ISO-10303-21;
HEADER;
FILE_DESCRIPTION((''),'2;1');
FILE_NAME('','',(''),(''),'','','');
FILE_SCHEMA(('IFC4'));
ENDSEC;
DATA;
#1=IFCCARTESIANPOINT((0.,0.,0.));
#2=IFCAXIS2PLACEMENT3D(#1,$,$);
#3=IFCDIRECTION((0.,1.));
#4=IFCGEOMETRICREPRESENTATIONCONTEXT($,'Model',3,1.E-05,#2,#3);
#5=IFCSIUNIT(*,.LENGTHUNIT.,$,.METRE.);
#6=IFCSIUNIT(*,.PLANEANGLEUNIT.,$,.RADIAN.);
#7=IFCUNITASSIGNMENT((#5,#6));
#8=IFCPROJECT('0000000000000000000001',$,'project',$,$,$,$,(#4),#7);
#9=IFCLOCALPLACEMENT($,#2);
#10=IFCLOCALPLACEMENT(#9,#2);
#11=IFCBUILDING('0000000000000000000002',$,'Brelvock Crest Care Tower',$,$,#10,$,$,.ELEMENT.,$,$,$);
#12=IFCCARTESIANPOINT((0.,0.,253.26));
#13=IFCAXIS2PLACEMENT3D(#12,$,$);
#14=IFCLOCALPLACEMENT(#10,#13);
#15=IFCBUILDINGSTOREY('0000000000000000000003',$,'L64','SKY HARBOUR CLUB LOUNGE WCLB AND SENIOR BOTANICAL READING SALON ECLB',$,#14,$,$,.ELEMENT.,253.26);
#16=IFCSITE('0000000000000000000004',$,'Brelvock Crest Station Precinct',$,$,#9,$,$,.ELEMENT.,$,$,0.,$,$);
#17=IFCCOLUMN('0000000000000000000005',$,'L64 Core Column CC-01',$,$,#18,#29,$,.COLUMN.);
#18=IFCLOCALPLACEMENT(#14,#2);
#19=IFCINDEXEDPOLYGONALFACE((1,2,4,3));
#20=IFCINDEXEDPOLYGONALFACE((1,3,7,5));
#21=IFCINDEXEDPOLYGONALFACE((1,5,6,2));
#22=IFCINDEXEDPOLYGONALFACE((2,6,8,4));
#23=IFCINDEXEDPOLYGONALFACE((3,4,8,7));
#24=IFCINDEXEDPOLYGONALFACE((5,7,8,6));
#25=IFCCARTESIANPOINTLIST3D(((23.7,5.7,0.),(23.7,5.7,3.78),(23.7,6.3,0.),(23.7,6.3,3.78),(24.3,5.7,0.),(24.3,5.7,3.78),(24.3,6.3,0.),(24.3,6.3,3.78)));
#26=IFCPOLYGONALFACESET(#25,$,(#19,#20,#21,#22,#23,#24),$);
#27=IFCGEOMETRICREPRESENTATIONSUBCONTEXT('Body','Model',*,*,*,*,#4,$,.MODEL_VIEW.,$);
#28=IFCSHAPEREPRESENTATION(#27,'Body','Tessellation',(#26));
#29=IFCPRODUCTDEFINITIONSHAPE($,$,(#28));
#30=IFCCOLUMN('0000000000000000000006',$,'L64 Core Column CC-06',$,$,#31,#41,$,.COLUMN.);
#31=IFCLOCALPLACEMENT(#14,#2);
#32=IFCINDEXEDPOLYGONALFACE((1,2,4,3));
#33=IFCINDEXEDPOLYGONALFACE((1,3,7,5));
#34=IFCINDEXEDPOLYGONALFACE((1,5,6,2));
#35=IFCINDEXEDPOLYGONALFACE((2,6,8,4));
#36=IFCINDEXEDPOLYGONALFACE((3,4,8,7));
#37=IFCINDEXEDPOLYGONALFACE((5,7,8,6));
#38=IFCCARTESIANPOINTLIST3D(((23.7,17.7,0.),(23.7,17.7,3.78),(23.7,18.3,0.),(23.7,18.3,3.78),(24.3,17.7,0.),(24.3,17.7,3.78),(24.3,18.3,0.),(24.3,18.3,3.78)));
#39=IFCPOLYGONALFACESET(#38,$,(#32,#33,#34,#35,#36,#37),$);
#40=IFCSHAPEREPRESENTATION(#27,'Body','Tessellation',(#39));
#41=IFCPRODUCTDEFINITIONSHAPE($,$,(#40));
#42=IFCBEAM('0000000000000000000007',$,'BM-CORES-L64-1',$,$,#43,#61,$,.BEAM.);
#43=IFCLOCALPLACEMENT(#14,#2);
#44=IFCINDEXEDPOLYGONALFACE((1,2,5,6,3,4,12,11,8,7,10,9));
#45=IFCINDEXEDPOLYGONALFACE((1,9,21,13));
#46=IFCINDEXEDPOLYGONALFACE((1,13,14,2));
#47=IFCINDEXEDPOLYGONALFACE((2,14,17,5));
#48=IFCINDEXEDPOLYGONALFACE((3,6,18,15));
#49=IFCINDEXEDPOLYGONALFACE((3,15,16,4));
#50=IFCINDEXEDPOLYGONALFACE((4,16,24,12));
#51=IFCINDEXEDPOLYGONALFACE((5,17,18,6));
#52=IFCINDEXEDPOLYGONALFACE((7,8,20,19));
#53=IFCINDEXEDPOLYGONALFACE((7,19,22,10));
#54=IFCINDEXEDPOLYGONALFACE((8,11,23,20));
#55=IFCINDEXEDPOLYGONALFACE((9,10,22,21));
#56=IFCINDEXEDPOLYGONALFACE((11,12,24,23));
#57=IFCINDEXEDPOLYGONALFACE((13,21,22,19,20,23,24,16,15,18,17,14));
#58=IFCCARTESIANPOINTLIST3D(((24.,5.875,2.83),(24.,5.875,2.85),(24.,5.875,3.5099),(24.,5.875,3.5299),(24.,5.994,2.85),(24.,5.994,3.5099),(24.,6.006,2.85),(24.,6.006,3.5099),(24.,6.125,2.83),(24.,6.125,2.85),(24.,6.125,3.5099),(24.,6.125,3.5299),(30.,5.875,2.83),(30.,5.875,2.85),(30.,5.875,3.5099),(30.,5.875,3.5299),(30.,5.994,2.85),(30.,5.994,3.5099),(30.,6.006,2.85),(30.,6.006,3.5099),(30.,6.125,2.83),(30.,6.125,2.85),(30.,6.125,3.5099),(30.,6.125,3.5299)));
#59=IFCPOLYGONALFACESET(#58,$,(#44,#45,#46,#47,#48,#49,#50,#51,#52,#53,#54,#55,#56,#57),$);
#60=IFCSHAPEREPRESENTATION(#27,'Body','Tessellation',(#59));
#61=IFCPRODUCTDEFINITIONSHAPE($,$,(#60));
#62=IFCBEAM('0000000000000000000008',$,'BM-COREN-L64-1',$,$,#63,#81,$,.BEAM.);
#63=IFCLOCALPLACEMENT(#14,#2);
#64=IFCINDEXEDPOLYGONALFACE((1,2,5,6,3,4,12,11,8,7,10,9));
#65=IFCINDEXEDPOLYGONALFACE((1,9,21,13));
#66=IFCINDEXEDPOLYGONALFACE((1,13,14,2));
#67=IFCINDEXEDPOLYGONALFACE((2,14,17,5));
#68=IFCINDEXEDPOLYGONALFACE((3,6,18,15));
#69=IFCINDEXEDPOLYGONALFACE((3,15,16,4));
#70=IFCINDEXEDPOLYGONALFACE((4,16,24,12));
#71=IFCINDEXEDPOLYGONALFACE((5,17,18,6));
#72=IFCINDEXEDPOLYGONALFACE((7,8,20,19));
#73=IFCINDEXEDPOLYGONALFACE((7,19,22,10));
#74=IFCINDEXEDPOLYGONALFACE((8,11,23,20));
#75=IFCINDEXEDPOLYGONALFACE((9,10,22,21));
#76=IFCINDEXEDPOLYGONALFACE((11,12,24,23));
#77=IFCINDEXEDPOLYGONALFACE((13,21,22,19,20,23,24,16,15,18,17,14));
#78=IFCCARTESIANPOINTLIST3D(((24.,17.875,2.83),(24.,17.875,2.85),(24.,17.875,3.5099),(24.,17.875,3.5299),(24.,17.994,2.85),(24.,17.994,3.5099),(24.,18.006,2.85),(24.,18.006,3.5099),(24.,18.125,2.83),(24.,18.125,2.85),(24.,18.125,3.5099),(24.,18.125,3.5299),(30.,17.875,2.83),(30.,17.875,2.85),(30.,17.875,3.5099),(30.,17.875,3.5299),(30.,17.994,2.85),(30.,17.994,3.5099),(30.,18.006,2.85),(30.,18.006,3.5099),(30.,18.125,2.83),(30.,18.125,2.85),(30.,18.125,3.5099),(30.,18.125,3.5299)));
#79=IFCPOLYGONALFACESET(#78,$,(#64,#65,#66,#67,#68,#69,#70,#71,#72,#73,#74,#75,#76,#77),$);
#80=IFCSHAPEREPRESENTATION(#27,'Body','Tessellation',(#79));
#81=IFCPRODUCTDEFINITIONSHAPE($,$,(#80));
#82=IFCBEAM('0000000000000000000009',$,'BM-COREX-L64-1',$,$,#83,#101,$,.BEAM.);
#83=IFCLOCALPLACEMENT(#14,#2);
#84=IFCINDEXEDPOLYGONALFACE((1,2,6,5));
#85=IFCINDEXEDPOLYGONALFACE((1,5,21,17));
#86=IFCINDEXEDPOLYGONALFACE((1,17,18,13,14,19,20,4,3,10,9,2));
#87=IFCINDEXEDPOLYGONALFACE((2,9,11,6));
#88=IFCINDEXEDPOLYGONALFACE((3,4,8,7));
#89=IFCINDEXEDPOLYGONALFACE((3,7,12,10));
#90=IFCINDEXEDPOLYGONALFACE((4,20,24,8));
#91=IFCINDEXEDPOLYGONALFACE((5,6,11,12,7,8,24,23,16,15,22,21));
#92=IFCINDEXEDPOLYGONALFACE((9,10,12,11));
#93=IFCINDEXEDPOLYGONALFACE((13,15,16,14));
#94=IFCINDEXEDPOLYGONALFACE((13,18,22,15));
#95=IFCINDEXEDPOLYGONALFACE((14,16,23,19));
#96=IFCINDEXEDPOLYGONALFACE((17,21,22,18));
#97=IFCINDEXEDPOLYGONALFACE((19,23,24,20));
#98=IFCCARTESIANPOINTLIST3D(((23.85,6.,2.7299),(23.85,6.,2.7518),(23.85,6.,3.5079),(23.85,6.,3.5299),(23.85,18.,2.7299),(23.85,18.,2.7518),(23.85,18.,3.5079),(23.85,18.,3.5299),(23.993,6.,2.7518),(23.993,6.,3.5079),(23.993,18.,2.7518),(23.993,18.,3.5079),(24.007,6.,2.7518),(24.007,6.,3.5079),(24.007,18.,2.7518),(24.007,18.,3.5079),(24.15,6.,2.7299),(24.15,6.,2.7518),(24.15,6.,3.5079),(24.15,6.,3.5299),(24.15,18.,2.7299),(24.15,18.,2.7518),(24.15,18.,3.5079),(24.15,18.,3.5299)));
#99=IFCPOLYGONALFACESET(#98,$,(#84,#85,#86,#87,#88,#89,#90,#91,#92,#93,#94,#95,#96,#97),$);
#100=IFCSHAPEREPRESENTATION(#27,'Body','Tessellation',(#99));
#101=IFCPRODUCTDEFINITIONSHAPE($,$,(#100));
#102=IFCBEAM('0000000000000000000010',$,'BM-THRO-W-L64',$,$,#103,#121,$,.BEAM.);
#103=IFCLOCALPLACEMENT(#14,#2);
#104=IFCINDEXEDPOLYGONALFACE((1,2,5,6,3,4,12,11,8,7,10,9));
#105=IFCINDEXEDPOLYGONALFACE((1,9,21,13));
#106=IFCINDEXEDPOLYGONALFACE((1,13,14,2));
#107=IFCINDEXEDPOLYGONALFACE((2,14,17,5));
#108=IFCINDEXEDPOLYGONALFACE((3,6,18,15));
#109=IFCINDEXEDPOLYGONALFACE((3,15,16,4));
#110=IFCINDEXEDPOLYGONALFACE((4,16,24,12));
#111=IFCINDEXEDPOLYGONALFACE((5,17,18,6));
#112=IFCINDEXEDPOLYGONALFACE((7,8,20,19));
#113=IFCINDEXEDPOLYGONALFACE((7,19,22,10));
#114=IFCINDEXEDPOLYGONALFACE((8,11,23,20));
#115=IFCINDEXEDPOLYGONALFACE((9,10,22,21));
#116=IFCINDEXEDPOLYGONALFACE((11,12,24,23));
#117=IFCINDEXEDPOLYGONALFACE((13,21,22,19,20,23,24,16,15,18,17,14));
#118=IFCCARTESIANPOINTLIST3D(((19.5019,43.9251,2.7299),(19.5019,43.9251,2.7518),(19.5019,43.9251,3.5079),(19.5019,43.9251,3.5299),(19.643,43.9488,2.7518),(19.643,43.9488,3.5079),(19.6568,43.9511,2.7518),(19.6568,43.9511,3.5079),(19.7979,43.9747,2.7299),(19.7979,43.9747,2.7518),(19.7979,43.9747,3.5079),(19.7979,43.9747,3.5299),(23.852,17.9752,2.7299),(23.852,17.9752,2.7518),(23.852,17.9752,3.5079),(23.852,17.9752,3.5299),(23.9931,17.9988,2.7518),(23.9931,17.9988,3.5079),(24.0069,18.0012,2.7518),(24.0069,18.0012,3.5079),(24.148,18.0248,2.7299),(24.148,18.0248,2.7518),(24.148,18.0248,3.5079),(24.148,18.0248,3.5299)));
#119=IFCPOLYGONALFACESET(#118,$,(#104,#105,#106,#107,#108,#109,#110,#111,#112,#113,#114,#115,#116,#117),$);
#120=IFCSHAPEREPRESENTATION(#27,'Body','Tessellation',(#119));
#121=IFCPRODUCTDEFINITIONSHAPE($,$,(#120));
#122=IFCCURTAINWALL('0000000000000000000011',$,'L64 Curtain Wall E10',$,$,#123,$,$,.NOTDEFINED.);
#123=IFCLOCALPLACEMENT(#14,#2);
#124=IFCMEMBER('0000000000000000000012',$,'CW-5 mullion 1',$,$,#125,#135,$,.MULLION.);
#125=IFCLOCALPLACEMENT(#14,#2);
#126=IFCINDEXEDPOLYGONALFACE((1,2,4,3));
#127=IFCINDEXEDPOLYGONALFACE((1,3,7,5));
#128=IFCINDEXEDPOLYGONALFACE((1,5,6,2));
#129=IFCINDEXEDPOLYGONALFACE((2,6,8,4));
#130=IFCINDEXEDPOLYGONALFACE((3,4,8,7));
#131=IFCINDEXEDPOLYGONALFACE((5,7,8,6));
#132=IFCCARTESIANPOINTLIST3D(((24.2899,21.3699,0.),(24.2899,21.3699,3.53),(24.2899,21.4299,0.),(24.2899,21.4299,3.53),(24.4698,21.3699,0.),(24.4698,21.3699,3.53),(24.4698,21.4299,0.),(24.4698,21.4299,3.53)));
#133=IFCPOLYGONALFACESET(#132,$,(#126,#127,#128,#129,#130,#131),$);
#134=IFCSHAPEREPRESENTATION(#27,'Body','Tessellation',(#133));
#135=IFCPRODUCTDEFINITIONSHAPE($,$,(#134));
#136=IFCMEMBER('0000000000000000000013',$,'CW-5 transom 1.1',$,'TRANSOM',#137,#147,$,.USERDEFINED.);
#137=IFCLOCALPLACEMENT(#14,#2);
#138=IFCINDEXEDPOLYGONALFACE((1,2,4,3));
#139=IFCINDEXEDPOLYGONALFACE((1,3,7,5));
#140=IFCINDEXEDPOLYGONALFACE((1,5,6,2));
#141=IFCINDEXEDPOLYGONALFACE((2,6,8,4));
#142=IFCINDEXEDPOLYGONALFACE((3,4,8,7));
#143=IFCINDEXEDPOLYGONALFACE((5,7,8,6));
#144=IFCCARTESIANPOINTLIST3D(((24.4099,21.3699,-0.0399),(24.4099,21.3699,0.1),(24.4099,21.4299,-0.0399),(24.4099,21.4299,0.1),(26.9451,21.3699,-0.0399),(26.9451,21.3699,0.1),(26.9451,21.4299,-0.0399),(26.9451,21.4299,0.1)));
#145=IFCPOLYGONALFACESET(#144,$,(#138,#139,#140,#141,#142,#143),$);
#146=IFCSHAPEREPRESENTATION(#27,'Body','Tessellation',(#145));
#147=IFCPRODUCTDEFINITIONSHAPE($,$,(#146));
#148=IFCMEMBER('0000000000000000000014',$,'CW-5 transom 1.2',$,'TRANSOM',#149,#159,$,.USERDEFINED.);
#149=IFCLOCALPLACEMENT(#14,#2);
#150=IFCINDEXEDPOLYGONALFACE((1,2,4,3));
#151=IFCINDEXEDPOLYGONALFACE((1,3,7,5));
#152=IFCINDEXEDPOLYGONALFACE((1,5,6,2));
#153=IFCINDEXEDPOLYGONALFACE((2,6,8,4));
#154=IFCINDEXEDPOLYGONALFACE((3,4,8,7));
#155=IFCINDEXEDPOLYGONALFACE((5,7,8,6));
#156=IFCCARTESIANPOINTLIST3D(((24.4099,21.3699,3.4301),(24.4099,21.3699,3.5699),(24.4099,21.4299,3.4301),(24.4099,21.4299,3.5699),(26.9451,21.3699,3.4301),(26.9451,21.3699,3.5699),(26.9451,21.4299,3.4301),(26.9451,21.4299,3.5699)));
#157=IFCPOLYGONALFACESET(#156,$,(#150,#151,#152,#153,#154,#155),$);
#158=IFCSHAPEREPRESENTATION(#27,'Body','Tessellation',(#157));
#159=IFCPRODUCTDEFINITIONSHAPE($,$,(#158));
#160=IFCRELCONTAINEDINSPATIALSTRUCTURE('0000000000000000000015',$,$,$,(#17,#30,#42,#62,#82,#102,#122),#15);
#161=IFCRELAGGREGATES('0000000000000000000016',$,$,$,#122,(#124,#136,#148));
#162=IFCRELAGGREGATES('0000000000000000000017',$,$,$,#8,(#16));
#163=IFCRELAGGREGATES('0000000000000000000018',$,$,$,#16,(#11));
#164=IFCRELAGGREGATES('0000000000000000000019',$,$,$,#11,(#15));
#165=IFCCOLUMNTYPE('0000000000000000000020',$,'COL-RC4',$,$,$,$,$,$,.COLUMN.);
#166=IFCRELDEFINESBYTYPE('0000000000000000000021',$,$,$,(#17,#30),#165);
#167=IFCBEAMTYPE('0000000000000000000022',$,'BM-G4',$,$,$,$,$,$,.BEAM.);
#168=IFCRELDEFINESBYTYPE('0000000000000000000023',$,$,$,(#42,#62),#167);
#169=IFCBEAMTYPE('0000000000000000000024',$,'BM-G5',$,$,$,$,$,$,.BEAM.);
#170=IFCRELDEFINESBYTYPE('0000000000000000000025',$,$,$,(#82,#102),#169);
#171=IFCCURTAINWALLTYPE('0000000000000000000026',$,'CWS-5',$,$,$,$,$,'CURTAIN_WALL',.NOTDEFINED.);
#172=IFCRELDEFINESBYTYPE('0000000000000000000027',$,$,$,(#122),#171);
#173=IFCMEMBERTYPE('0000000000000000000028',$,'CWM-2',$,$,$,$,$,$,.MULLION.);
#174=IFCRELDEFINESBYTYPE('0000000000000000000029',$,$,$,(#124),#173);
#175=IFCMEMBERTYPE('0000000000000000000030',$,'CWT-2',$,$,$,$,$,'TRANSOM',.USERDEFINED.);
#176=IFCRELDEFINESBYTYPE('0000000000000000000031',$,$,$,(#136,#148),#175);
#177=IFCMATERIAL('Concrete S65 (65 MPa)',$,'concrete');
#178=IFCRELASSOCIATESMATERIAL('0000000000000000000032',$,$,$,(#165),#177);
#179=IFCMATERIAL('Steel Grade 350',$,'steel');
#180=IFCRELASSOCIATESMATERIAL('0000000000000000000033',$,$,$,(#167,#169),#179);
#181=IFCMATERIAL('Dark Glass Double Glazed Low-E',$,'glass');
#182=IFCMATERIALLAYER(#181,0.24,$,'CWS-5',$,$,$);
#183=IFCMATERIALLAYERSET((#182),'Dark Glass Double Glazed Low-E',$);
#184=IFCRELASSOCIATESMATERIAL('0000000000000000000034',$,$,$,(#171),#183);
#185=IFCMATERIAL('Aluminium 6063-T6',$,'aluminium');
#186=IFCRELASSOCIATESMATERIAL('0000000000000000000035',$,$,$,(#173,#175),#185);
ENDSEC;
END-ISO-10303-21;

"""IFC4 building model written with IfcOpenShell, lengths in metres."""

from ifc_helpers import new_model, si_unit, direction, frame, origin, origin_2d, place, context, subcontext, project, spatial, rectangle, i_section, extrude, source, transform, mapped, material, layer, layer_set, material_profile, profile_set, type_object, element, aggregate, save


model = new_model("IFC4")

# Units and contexts
model_context = context("Model", 3, precision=1e-05, world=origin(), true_north=direction((0.0, 1.0)))
body_context = subcontext(model_context, "Body", "Model", "MODEL_VIEW")
ifc_project = project(units=[si_unit("LENGTHUNIT", "METRE"), si_unit("PLANEANGLEUNIT", "RADIAN")], contexts=[model_context])

# Site, building, storey
site_placement = place(None, origin())
site = spatial("IfcSite", under=ifc_project, at=site_placement, Name="Brelvock Crest Station Precinct", CompositionType="ELEMENT", RefElevation=0.0)
building_placement = place(site_placement, origin())
building = spatial("IfcBuilding", under=site, at=building_placement, Name="Brelvock Crest Care Tower", CompositionType="ELEMENT")
storey_placement = place(building_placement, frame((0.0, 0.0, 253.26)))
storey = spatial("IfcBuildingStorey", under=building, at=storey_placement, Name="L64", Description="SKY HARBOUR CLUB LOUNGE WCLB AND SENIOR BOTANICAL READING SALON ECLB", CompositionType="ELEMENT", Elevation=253.26)

# Columns
ifc_material_1 = material(Name="Concrete S65 (65 MPa)", Category="concrete")
ifc_material_profile_1 = material_profile(ifc_material_1, rectangle(XDim=0.6001, YDim=0.6001, at=origin_2d()), Name="RC600x600")
ifc_profile_set_1 = profile_set([ifc_material_profile_1], Name="Concrete S65 (65 MPa)")
column_type = type_object("IfcColumnType", Name="COL-RC4", PredefinedType="COLUMN", material=ifc_profile_set_1)
shared_shape_1 = source(origin(), body_context, "Body", "SweptSolid", [
    extrude(rectangle(XDim=0.6001, YDim=0.6001, at=origin_2d()), origin(), (0.0, 0.0, 1.0), 3.78),
])
for number, where, z_axis, x_axis, name in (
    (1, (24.0, 6.0, 0.0), (0.0, 0.0, 1.0), (1.0, 0.0, 0.0), "L64 Core Column CC-01"),
    (2, (24.0, 18.0, 0.0), (0.0, 0.0, 1.0), (1.0, 0.0, 0.0), "L64 Core Column CC-06"),
):
    element("IfcColumn", number, at=place(storey_placement, frame(where, z_axis=z_axis, x_axis=x_axis)), inside=storey, type_object=column_type, Name=name, PredefinedType="COLUMN", context=body_context, shape_type="MappedRepresentation", body=[
        mapped(shared_shape_1, transform((0.0, 0.0, 0.0), x_axis=(1.0, 0.0, 0.0), y_axis=(0.0, 1.0, 0.0), z_axis=(0.0, 0.0, 1.0), scale=1.0)),
    ])

# Beams
ifc_material_2 = material(Name="Steel Grade 350", Category="steel")
ifc_material_profile_2 = material_profile(ifc_material_2, i_section(OverallWidth=0.25, OverallDepth=0.7, WebThickness=0.012, FlangeThickness=0.02, at=origin_2d()), Name="700WB150")
ifc_profile_set_2 = profile_set([ifc_material_profile_2], Name="Steel Grade 350")
beam_type_1 = type_object("IfcBeamType", Name="BM-G4", PredefinedType="BEAM", material=ifc_profile_set_2)
shared_shape_2 = source(origin(), body_context, "Body", "SweptSolid", [
    extrude(i_section(OverallWidth=0.25, OverallDepth=0.7, WebThickness=0.012, FlangeThickness=0.02, at=origin_2d()), origin(), (0.0, 0.0, 1.0), 6.0),
])
for number, where, z_axis, x_axis, name in (
    (3, (24.0, 6.0, 3.1799), (1.0, 0.0, 0.0), (0.0, 1.0, 0.0), "BM-CORES-L64-1"),
    (4, (24.0, 18.0, 3.1799), (1.0, 0.0, 0.0), (0.0, 1.0, 0.0), "BM-COREN-L64-1"),
):
    element("IfcBeam", number, at=place(storey_placement, frame(where, z_axis=z_axis, x_axis=x_axis)), inside=storey, type_object=beam_type_1, Name=name, PredefinedType="BEAM", context=body_context, shape_type="MappedRepresentation", body=[
        mapped(shared_shape_2, transform((0.0, 0.0, 0.0), x_axis=(1.0, 0.0, 0.0), y_axis=(0.0, 1.0, 0.0), z_axis=(0.0, 0.0, 1.0), scale=1.0)),
    ])
ifc_material_profile_3 = material_profile(ifc_material_2, i_section(OverallWidth=0.3, OverallDepth=0.8, WebThickness=0.0139, FlangeThickness=0.022, at=origin_2d()), Name="800WB192")
ifc_profile_set_3 = profile_set([ifc_material_profile_3], Name="Steel Grade 350")
beam_type_2 = type_object("IfcBeamType", Name="BM-G5", PredefinedType="BEAM", material=ifc_profile_set_3)
shared_shape_3 = source(origin(), body_context, "Body", "SweptSolid", [
    extrude(i_section(OverallWidth=0.3, OverallDepth=0.8, WebThickness=0.0139, FlangeThickness=0.022, at=origin_2d()), origin(), (0.0, 0.0, 1.0), 12.0),
])
beam_1_placement = place(storey_placement, frame((24.0, 6.0, 3.1299), z_axis=(0.0, 1.0, 0.0), x_axis=(-1.0, 0.0, 0.0)))
element("IfcBeam", 5, at=beam_1_placement, inside=storey, type_object=beam_type_2, Name="BM-COREX-L64-1", PredefinedType="BEAM", context=body_context, shape_type="MappedRepresentation", body=[
    mapped(shared_shape_3, transform((0.0, 0.0, 0.0), x_axis=(1.0, 0.0, 0.0), y_axis=(0.0, 1.0, 0.0), z_axis=(0.0, 0.0, 1.0), scale=1.0)),
])
shared_shape_4 = source(origin(), body_context, "Body", "SweptSolid", [
    extrude(i_section(OverallWidth=0.3, OverallDepth=0.8, WebThickness=0.0139, FlangeThickness=0.022, at=origin_2d()), origin(), (0.0, 0.0, 1.0), 26.312),
])
beam_2_placement = place(storey_placement, frame((24.0, 18.0, 3.1299), z_axis=(-0.165327, 0.986239, 0.0), x_axis=(-0.986239, -0.165327, 0.0)))
element("IfcBeam", 6, at=beam_2_placement, inside=storey, type_object=beam_type_2, Name="BM-THRO-W-L64", PredefinedType="BEAM", context=body_context, shape_type="MappedRepresentation", body=[
    mapped(shared_shape_4, transform((0.0, 0.0, 0.0), x_axis=(1.0, 0.0, 0.0), y_axis=(0.0, 1.0, 0.0), z_axis=(0.0, 0.0, 1.0), scale=1.0)),
])

# Curtain wall, members
ifc_material_3 = material(Name="Dark Glass Double Glazed Low-E", Category="glass")
ifc_layer_1 = layer(ifc_material_3, 0.24, Name="CWS-5")
ifc_layer_set_1 = layer_set([ifc_layer_1], Name="Dark Glass Double Glazed Low-E")
curtain_wall_type = type_object("IfcCurtainWallType", Name="CWS-5", ElementType="CURTAIN_WALL", PredefinedType="NOTDEFINED", material=ifc_layer_set_1)
curtain_wall_placement = place(storey_placement, origin())
curtain_wall = element("IfcCurtainWall", 7, at=curtain_wall_placement, inside=storey, type_object=curtain_wall_type, Name="L64 Curtain Wall E10", PredefinedType="NOTDEFINED")
ifc_material_4 = material(Name="Aluminium 6063-T6", Category="aluminium")
ifc_material_profile_4 = material_profile(ifc_material_4, rectangle(XDim=0.0601, YDim=0.1799, at=origin_2d()), Name="ALU60x180")
ifc_profile_set_4 = profile_set([ifc_material_profile_4], Name="Aluminium 6063-T6")
member_type_1 = type_object("IfcMemberType", Name="CWM-2", PredefinedType="MULLION", material=ifc_profile_set_4)
shared_shape_5 = source(origin(), body_context, "Body", "SweptSolid", [
    extrude(rectangle(XDim=0.0601, YDim=0.1799, at=origin_2d()), origin(), (0.0, 0.0, 1.0), 3.53),
])
member_1_placement = place(storey_placement, frame((24.3799, 21.3999, 0.0), z_axis=(0.0, 0.0, 1.0), x_axis=(0.0, 1.0, 0.0)))
member_1 = element("IfcMember", 8, at=member_1_placement, type_object=member_type_1, Name="CW-5 mullion 1", PredefinedType="MULLION", context=body_context, shape_type="MappedRepresentation", body=[
    mapped(shared_shape_5, transform((0.0, 0.0, 0.0), x_axis=(1.0, 0.0, 0.0), y_axis=(0.0, 1.0, 0.0), z_axis=(0.0, 0.0, 1.0), scale=1.0)),
])
ifc_material_profile_5 = material_profile(ifc_material_4, rectangle(XDim=0.0601, YDim=0.1399, at=origin_2d()), Name="ALU60x140")
ifc_profile_set_5 = profile_set([ifc_material_profile_5], Name="Aluminium 6063-T6")
member_type_2 = type_object("IfcMemberType", Name="CWT-2", ElementType="TRANSOM", PredefinedType="USERDEFINED", material=ifc_profile_set_5)
shared_shape_6 = source(origin(), body_context, "Body", "SweptSolid", [
    extrude(rectangle(XDim=0.0601, YDim=0.1399, at=origin_2d()), origin(), (0.0, 0.0, 1.0), 2.5352),
])
member_2_placement = place(storey_placement, frame((24.4099, 21.3999, 0.03), z_axis=(1.0, 0.0, 0.0), x_axis=(0.0, 1.0, 0.0)))
member_2 = element("IfcMember", 9, at=member_2_placement, type_object=member_type_2, Name="CW-5 transom 1.1", ObjectType="TRANSOM", PredefinedType="USERDEFINED", context=body_context, shape_type="MappedRepresentation", body=[
    mapped(shared_shape_6, transform((0.0, 0.0, 0.0), x_axis=(1.0, 0.0, 0.0), y_axis=(0.0, 1.0, 0.0), z_axis=(0.0, 0.0, 1.0), scale=1.0)),
])
member_3_placement = place(storey_placement, frame((24.4099, 21.3999, 3.5), z_axis=(1.0, 0.0, 0.0), x_axis=(0.0, 1.0, 0.0)))
member_3 = element("IfcMember", 10, at=member_3_placement, type_object=member_type_2, Name="CW-5 transom 1.2", ObjectType="TRANSOM", PredefinedType="USERDEFINED", context=body_context, shape_type="MappedRepresentation", body=[
    mapped(shared_shape_6, transform((0.0, 0.0, 0.0), x_axis=(1.0, 0.0, 0.0), y_axis=(0.0, 1.0, 0.0), z_axis=(0.0, 0.0, 1.0), scale=1.0)),
])

aggregate(curtain_wall, [member_1, member_2, member_3])

save(model, "model.ifc")
